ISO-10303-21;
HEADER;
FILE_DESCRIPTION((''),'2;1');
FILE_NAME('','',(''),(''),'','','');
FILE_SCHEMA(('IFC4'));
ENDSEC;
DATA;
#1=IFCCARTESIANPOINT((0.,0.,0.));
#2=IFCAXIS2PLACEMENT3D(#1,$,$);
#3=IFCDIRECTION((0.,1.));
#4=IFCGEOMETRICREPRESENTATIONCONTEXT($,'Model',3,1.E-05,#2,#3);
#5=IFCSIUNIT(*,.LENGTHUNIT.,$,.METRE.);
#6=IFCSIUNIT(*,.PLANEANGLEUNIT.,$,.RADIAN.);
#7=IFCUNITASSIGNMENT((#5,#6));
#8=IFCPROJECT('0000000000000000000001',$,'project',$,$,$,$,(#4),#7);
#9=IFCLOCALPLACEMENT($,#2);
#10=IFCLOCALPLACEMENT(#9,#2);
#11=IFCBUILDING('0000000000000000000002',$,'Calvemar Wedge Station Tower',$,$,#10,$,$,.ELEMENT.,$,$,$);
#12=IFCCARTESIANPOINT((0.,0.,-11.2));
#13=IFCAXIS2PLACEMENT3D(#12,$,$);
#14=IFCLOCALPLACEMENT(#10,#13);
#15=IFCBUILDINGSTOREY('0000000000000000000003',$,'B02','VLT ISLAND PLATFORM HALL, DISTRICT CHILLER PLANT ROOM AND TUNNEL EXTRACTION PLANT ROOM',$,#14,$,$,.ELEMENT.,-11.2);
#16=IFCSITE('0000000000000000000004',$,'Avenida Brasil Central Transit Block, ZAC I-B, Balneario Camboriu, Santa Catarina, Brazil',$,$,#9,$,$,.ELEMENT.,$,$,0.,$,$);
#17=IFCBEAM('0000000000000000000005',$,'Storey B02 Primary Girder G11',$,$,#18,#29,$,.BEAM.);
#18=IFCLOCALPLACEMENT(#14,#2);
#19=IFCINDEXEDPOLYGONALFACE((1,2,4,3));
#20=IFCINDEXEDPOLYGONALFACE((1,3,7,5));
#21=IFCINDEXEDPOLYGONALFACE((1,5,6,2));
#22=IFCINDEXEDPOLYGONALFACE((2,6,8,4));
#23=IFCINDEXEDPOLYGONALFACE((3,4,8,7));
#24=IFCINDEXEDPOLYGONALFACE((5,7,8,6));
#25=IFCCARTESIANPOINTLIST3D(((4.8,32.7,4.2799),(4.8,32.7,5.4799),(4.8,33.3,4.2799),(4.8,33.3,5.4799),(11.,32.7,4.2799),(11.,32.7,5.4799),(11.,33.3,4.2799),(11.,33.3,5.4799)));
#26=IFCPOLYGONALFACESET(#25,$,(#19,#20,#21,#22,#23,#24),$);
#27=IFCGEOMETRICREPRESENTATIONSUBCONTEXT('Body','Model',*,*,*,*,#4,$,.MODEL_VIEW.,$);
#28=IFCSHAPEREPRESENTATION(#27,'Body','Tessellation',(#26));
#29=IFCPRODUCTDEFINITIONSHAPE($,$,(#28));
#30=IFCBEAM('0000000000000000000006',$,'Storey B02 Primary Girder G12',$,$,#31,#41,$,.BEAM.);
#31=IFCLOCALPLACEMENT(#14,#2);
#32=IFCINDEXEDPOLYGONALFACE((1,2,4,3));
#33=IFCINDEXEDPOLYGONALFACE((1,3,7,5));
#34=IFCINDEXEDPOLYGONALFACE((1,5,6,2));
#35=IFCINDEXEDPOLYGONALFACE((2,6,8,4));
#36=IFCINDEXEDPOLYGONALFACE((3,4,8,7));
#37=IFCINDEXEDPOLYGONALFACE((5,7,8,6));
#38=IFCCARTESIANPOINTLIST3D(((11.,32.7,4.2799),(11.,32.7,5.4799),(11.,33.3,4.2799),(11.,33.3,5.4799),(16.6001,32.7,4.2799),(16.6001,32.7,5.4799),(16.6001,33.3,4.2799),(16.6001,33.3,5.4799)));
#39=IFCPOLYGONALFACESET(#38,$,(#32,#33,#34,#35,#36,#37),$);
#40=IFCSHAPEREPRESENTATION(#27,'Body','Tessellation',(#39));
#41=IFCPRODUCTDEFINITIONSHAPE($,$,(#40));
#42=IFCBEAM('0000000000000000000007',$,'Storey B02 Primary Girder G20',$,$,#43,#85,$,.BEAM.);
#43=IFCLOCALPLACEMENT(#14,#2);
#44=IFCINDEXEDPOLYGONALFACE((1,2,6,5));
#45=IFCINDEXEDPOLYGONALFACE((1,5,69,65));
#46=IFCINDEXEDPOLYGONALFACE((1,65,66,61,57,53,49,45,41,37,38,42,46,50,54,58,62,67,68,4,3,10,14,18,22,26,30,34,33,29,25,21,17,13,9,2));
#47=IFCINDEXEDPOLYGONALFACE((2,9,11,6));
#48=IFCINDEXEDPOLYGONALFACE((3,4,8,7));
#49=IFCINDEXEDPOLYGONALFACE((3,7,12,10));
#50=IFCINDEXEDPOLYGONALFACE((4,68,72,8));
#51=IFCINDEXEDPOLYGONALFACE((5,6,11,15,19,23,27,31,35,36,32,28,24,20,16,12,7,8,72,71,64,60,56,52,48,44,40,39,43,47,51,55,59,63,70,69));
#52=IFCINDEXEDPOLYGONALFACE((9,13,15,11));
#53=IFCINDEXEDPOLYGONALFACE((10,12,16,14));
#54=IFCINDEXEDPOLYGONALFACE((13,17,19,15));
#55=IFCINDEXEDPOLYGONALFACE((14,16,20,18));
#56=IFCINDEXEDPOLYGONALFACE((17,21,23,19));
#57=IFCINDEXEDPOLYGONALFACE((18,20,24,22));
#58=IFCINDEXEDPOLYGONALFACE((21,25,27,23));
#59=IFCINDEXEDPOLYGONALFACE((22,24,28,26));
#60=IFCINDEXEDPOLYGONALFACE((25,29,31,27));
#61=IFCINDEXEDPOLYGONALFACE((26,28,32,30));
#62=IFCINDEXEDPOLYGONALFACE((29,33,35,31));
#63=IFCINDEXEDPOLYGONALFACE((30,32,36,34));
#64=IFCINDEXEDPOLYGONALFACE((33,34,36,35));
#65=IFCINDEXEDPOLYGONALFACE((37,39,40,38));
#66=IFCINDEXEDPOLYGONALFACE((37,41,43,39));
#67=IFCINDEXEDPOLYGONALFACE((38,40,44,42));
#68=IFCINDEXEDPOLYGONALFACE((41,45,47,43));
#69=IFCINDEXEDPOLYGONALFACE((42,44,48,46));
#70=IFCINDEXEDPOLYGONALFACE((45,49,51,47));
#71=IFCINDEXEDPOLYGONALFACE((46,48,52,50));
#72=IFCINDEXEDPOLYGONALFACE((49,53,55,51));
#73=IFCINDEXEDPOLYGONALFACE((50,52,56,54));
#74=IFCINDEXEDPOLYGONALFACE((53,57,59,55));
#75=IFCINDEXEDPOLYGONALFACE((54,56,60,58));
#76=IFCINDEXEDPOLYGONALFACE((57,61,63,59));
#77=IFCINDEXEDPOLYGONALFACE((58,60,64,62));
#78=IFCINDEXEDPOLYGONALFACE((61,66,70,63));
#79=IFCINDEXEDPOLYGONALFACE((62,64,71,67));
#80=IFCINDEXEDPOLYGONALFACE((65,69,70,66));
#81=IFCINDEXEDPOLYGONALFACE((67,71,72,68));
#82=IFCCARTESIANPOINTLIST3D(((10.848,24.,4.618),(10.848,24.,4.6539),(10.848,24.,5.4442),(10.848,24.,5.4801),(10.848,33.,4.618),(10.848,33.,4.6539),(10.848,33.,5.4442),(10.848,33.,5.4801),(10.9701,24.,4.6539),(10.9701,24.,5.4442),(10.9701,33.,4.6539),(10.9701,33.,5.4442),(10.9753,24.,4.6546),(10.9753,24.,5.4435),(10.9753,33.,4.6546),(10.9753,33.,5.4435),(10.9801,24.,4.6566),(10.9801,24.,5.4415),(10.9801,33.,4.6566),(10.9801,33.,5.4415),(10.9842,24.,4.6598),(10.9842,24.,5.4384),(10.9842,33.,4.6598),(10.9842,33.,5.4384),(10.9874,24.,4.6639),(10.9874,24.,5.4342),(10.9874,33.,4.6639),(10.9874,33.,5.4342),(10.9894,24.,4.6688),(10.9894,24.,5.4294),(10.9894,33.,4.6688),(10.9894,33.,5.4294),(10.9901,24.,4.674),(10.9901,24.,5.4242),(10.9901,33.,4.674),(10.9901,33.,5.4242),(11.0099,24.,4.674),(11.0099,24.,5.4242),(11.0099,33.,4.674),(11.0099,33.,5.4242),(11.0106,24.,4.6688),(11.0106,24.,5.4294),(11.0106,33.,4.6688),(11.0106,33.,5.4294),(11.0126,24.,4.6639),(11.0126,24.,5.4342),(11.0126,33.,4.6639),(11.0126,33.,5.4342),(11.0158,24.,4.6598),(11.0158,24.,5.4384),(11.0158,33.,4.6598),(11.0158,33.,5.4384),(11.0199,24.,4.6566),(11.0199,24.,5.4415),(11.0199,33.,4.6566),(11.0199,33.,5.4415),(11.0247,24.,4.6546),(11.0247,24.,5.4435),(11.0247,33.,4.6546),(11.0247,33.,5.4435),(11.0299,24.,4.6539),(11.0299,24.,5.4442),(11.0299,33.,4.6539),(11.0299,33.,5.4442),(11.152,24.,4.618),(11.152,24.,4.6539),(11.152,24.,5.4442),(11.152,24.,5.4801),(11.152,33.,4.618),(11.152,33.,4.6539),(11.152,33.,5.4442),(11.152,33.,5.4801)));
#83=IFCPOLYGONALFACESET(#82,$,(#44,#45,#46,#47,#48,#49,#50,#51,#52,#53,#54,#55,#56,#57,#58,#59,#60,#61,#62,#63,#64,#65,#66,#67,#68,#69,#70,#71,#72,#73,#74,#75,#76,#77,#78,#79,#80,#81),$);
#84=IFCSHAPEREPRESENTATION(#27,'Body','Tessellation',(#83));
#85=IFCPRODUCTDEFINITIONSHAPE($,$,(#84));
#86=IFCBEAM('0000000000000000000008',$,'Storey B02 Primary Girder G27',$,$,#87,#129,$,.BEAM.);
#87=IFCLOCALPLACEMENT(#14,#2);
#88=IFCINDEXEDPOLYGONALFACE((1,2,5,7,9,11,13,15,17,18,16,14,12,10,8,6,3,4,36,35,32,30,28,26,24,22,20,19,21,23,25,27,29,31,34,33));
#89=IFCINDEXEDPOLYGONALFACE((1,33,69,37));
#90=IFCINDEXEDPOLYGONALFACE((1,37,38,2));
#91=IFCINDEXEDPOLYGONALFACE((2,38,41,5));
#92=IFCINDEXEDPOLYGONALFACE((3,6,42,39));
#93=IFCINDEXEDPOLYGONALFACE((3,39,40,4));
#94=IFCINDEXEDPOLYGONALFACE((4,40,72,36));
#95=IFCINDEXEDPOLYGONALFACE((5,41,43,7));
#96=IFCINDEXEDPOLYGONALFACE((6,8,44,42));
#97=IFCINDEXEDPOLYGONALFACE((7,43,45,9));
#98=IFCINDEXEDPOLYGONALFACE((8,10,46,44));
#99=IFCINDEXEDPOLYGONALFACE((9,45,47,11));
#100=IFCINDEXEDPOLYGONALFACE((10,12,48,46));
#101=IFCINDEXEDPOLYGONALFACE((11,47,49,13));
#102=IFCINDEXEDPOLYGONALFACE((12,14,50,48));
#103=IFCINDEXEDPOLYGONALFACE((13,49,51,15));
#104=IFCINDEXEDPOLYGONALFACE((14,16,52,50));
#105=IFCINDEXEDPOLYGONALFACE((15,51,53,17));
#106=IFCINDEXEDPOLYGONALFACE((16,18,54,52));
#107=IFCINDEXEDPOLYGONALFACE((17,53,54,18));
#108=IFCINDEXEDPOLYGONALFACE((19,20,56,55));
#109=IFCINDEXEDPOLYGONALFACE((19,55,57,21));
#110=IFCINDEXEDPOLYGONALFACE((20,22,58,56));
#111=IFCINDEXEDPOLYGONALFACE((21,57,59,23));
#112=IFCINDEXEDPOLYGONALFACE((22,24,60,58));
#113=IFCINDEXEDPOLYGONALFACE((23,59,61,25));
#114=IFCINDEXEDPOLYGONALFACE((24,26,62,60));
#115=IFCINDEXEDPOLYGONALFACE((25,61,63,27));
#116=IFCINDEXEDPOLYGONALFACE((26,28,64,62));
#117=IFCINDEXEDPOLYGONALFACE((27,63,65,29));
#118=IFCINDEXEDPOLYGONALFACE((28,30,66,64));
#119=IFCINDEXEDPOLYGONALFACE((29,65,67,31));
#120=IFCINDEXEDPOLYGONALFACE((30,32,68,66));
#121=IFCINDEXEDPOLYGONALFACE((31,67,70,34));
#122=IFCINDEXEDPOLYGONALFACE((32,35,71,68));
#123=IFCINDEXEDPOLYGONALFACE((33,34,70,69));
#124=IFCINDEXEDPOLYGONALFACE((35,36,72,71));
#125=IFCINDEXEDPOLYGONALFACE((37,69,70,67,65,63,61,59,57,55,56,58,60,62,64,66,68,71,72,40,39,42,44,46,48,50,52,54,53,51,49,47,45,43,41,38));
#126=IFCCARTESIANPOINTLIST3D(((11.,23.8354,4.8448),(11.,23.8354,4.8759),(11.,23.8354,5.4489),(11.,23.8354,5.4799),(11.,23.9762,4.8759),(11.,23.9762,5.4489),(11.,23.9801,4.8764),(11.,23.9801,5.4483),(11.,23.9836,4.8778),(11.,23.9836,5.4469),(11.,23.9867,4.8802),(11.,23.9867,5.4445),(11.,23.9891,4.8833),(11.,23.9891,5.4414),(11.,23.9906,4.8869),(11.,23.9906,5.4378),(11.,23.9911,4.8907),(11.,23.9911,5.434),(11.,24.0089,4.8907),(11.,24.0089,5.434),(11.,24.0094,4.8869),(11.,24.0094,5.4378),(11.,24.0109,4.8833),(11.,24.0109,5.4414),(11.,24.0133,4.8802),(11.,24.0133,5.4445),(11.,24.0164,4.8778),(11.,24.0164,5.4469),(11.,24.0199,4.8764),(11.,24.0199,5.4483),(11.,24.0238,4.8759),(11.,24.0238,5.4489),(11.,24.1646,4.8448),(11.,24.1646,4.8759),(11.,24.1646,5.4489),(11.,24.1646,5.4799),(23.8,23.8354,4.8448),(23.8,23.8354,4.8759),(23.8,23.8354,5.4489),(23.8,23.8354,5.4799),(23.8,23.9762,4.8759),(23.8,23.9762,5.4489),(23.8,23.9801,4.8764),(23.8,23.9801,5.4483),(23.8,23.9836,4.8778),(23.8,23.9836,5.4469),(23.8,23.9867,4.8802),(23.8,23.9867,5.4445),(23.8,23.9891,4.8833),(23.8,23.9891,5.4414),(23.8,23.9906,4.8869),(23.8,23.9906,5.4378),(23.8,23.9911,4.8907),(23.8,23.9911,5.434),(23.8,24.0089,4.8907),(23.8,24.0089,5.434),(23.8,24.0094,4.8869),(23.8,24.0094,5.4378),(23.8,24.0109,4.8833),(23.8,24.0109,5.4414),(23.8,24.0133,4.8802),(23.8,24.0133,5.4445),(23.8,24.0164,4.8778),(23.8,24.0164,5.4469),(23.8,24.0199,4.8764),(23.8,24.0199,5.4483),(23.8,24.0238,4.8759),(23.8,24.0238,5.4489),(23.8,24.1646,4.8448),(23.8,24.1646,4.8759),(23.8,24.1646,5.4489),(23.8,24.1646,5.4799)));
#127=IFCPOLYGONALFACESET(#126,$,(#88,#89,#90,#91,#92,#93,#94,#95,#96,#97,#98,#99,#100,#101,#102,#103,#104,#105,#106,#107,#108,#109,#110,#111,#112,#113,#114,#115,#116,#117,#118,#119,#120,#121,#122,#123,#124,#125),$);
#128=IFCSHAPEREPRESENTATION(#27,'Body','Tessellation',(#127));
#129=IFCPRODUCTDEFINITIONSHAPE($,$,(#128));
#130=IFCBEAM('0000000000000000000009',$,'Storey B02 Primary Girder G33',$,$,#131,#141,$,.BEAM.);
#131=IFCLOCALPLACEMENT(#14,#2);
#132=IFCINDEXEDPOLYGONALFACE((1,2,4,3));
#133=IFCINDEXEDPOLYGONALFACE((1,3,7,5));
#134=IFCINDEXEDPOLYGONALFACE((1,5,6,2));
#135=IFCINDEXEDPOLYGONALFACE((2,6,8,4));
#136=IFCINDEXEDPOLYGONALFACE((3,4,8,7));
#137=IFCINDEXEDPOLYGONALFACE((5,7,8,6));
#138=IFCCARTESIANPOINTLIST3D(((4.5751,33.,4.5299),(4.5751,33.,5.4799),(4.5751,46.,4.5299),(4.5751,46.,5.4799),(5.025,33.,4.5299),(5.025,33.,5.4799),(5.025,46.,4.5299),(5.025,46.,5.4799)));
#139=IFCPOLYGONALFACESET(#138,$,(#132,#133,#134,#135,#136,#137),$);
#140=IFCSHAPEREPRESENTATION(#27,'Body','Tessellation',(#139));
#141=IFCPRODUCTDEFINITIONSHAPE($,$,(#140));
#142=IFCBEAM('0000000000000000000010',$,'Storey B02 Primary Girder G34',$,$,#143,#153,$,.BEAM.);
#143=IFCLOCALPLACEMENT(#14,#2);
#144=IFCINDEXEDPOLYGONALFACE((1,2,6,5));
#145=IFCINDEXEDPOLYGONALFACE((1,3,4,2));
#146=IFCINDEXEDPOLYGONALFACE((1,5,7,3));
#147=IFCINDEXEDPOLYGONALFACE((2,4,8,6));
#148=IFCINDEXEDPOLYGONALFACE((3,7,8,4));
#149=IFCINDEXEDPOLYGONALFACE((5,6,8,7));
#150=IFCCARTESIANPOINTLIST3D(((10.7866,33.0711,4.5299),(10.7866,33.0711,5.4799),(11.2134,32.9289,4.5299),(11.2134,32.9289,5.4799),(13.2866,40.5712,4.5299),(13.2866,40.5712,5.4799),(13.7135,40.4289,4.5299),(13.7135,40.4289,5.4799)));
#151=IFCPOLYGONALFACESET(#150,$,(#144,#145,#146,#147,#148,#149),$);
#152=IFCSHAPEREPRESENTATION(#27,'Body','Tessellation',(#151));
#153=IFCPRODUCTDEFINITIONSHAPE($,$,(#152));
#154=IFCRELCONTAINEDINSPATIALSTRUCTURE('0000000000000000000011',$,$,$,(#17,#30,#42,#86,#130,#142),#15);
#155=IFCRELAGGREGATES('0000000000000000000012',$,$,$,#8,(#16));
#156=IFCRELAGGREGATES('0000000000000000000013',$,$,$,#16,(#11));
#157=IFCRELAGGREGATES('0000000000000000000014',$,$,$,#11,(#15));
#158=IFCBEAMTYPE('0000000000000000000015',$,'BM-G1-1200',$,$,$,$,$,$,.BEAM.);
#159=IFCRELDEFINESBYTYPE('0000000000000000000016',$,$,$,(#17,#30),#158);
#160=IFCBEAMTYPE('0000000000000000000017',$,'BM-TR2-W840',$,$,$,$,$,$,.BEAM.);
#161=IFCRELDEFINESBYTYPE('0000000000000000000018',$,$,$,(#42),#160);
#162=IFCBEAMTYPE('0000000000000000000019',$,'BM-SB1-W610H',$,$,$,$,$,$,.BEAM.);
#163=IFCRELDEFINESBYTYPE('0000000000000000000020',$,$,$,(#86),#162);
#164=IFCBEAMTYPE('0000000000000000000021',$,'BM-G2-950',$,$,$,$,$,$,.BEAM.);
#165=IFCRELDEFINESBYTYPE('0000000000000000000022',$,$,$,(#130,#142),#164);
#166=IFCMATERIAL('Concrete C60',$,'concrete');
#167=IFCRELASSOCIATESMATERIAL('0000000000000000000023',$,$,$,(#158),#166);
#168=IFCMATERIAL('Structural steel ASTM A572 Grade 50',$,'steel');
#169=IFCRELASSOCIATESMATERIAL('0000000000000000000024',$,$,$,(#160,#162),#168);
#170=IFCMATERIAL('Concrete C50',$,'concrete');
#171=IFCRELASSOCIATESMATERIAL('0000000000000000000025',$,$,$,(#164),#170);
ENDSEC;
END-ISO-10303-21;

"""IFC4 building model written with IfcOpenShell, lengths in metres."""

from ifc_helpers import new_model, si_unit, direction, frame, origin, origin_2d, place, context, subcontext, project, spatial, rectangle, i_section, extrude, source, transform, mapped, material, material_profile, profile_set, type_object, element, save


model = new_model("IFC4")

# Units and contexts
model_context = context("Model", 3, precision=1e-05, world=origin(), true_north=direction((0.0, 1.0)))
body_context = subcontext(model_context, "Body", "Model", "MODEL_VIEW")
ifc_project = project(units=[si_unit("LENGTHUNIT", "METRE"), si_unit("PLANEANGLEUNIT", "RADIAN")], contexts=[model_context])

# Site, building, storey
site_placement = place(None, origin())
site = spatial("IfcSite", under=ifc_project, at=site_placement, Name="Avenida Brasil Central Transit Block, ZAC I-B, Balneario Camboriu, Santa Catarina, Brazil", CompositionType="ELEMENT", RefElevation=0.0)
building_placement = place(site_placement, origin())
building = spatial("IfcBuilding", under=site, at=building_placement, Name="Calvemar Wedge Station Tower", CompositionType="ELEMENT")
storey_placement = place(building_placement, frame((0.0, 0.0, -11.2)))
storey = spatial("IfcBuildingStorey", under=building, at=storey_placement, Name="B02", Description="VLT ISLAND PLATFORM HALL, DISTRICT CHILLER PLANT ROOM AND TUNNEL EXTRACTION PLANT ROOM", CompositionType="ELEMENT", Elevation=-11.2)

# Shared definitions
ifc_material_1 = material(Name="Concrete C60", Category="concrete")

# Beams
ifc_material_profile_1 = material_profile(ifc_material_1, rectangle(XDim=0.6001, YDim=1.2, at=origin_2d()), Name="RC600x1200")
ifc_profile_set_1 = profile_set([ifc_material_profile_1], Name="Concrete C60")
beam_type_1 = type_object("IfcBeamType", Name="BM-G1-1200", PredefinedType="BEAM", material=ifc_profile_set_1)
shared_shape_1 = source(origin(), body_context, "Body", "SweptSolid", [
    extrude(rectangle(XDim=0.6001, YDim=1.2, at=origin_2d()), origin(), (0.0, 0.0, 1.0), 6.2),
])
beam_1_placement = place(storey_placement, frame((4.8, 33.0, 4.8799), z_axis=(1.0, 0.0, 0.0), x_axis=(0.0, 1.0, 0.0)))
element("IfcBeam", 1, at=beam_1_placement, inside=storey, type_object=beam_type_1, Name="Storey B02 Primary Girder G11", PredefinedType="BEAM", context=body_context, shape_type="MappedRepresentation", body=[
    mapped(shared_shape_1, transform((0.0, 0.0, 0.0), scale=1.0)),
])
shared_shape_2 = source(origin(), body_context, "Body", "SweptSolid", [
    extrude(rectangle(XDim=0.6001, YDim=1.2, at=origin_2d()), origin(), (0.0, 0.0, 1.0), 5.6001),
])
beam_2_placement = place(storey_placement, frame((11.0, 33.0, 4.8799), z_axis=(1.0, 0.0, 0.0), x_axis=(0.0, 1.0, 0.0)))
element("IfcBeam", 2, at=beam_2_placement, inside=storey, type_object=beam_type_1, Name="Storey B02 Primary Girder G12", PredefinedType="BEAM", context=body_context, shape_type="MappedRepresentation", body=[
    mapped(shared_shape_2, transform((0.0, 0.0, 0.0), scale=1.0)),
])
ifc_material_2 = material(Name="Structural steel ASTM A572 Grade 50", Category="steel")
ifc_material_profile_2 = material_profile(ifc_material_2, i_section(OverallWidth=0.304, OverallDepth=0.8621, WebThickness=0.0198, FlangeThickness=0.0359, FilletRadius=0.02, at=origin_2d()), Name="W840x329")
ifc_profile_set_2 = profile_set([ifc_material_profile_2], Name="Structural steel ASTM A572 Grade 50")
beam_type_2 = type_object("IfcBeamType", Name="BM-TR2-W840", PredefinedType="BEAM", material=ifc_profile_set_2)
shared_shape_3 = source(origin(), body_context, "Body", "SweptSolid", [
    extrude(i_section(OverallWidth=0.304, OverallDepth=0.8621, WebThickness=0.0198, FlangeThickness=0.0359, FilletRadius=0.02, at=origin_2d()), origin(), (0.0, 0.0, 1.0), 9.0),
])
beam_3_placement = place(storey_placement, frame((11.0, 24.0, 5.0491), z_axis=(0.0, 1.0, 0.0), x_axis=(-1.0, 0.0, 0.0)))
element("IfcBeam", 3, at=beam_3_placement, inside=storey, type_object=beam_type_2, Name="Storey B02 Primary Girder G20", PredefinedType="BEAM", context=body_context, shape_type="MappedRepresentation", body=[
    mapped(shared_shape_3, transform((0.0, 0.0, 0.0), scale=1.0)),
])
ifc_material_profile_3 = material_profile(ifc_material_2, i_section(OverallWidth=0.3291, OverallDepth=0.635, WebThickness=0.0178, FlangeThickness=0.031, FilletRadius=0.0149, at=origin_2d()), Name="W610x241")
ifc_profile_set_3 = profile_set([ifc_material_profile_3], Name="Structural steel ASTM A572 Grade 50")
beam_type_3 = type_object("IfcBeamType", Name="BM-SB1-W610H", PredefinedType="BEAM", material=ifc_profile_set_3)
shared_shape_4 = source(origin(), body_context, "Body", "SweptSolid", [
    extrude(i_section(OverallWidth=0.3291, OverallDepth=0.635, WebThickness=0.0178, FlangeThickness=0.031, FilletRadius=0.0149, at=origin_2d()), origin(), (0.0, 0.0, 1.0), 12.8),
])
beam_4_placement = place(storey_placement, frame((11.0, 24.0, 5.1624), z_axis=(1.0, 0.0, 0.0), x_axis=(0.0, 1.0, 0.0)))
element("IfcBeam", 4, at=beam_4_placement, inside=storey, type_object=beam_type_3, Name="Storey B02 Primary Girder G27", PredefinedType="BEAM", context=body_context, shape_type="MappedRepresentation", body=[
    mapped(shared_shape_4, transform((0.0, 0.0, 0.0), scale=1.0)),
])
ifc_material_3 = material(Name="Concrete C50", Category="concrete")
ifc_material_profile_4 = material_profile(ifc_material_3, rectangle(XDim=0.45, YDim=0.95, at=origin_2d()), Name="RC450x950")
ifc_profile_set_4 = profile_set([ifc_material_profile_4], Name="Concrete C50")
beam_type_4 = type_object("IfcBeamType", Name="BM-G2-950", PredefinedType="BEAM", material=ifc_profile_set_4)
shared_shape_5 = source(origin(), body_context, "Body", "SweptSolid", [
    extrude(rectangle(XDim=0.45, YDim=0.95, at=origin_2d()), origin(), (0.0, 0.0, 1.0), 13.0),
])
beam_5_placement = place(storey_placement, frame((4.8, 33.0, 5.0049), z_axis=(0.0, 1.0, 0.0), x_axis=(-1.0, 0.0, 0.0)))
element("IfcBeam", 5, at=beam_5_placement, inside=storey, type_object=beam_type_4, Name="Storey B02 Primary Girder G33", PredefinedType="BEAM", context=body_context, shape_type="MappedRepresentation", body=[
    mapped(shared_shape_5, transform((0.0, 0.0, 0.0), scale=1.0)),
])
shared_shape_6 = source(origin(), body_context, "Body", "SweptSolid", [
    extrude(rectangle(XDim=0.45, YDim=0.95, at=origin_2d()), origin(), (0.0, 0.0, 1.0), 7.9058),
])
beam_6_placement = place(storey_placement, frame((11.0, 33.0, 5.0049), z_axis=(0.316228, 0.948683, 0.0), x_axis=(-0.948683, 0.316228, 0.0)))
element("IfcBeam", 6, at=beam_6_placement, inside=storey, type_object=beam_type_4, Name="Storey B02 Primary Girder G34", PredefinedType="BEAM", context=body_context, shape_type="MappedRepresentation", body=[
    mapped(shared_shape_6, transform((0.0, 0.0, 0.0), scale=1.0)),
])

save(model, "model.ifc")
